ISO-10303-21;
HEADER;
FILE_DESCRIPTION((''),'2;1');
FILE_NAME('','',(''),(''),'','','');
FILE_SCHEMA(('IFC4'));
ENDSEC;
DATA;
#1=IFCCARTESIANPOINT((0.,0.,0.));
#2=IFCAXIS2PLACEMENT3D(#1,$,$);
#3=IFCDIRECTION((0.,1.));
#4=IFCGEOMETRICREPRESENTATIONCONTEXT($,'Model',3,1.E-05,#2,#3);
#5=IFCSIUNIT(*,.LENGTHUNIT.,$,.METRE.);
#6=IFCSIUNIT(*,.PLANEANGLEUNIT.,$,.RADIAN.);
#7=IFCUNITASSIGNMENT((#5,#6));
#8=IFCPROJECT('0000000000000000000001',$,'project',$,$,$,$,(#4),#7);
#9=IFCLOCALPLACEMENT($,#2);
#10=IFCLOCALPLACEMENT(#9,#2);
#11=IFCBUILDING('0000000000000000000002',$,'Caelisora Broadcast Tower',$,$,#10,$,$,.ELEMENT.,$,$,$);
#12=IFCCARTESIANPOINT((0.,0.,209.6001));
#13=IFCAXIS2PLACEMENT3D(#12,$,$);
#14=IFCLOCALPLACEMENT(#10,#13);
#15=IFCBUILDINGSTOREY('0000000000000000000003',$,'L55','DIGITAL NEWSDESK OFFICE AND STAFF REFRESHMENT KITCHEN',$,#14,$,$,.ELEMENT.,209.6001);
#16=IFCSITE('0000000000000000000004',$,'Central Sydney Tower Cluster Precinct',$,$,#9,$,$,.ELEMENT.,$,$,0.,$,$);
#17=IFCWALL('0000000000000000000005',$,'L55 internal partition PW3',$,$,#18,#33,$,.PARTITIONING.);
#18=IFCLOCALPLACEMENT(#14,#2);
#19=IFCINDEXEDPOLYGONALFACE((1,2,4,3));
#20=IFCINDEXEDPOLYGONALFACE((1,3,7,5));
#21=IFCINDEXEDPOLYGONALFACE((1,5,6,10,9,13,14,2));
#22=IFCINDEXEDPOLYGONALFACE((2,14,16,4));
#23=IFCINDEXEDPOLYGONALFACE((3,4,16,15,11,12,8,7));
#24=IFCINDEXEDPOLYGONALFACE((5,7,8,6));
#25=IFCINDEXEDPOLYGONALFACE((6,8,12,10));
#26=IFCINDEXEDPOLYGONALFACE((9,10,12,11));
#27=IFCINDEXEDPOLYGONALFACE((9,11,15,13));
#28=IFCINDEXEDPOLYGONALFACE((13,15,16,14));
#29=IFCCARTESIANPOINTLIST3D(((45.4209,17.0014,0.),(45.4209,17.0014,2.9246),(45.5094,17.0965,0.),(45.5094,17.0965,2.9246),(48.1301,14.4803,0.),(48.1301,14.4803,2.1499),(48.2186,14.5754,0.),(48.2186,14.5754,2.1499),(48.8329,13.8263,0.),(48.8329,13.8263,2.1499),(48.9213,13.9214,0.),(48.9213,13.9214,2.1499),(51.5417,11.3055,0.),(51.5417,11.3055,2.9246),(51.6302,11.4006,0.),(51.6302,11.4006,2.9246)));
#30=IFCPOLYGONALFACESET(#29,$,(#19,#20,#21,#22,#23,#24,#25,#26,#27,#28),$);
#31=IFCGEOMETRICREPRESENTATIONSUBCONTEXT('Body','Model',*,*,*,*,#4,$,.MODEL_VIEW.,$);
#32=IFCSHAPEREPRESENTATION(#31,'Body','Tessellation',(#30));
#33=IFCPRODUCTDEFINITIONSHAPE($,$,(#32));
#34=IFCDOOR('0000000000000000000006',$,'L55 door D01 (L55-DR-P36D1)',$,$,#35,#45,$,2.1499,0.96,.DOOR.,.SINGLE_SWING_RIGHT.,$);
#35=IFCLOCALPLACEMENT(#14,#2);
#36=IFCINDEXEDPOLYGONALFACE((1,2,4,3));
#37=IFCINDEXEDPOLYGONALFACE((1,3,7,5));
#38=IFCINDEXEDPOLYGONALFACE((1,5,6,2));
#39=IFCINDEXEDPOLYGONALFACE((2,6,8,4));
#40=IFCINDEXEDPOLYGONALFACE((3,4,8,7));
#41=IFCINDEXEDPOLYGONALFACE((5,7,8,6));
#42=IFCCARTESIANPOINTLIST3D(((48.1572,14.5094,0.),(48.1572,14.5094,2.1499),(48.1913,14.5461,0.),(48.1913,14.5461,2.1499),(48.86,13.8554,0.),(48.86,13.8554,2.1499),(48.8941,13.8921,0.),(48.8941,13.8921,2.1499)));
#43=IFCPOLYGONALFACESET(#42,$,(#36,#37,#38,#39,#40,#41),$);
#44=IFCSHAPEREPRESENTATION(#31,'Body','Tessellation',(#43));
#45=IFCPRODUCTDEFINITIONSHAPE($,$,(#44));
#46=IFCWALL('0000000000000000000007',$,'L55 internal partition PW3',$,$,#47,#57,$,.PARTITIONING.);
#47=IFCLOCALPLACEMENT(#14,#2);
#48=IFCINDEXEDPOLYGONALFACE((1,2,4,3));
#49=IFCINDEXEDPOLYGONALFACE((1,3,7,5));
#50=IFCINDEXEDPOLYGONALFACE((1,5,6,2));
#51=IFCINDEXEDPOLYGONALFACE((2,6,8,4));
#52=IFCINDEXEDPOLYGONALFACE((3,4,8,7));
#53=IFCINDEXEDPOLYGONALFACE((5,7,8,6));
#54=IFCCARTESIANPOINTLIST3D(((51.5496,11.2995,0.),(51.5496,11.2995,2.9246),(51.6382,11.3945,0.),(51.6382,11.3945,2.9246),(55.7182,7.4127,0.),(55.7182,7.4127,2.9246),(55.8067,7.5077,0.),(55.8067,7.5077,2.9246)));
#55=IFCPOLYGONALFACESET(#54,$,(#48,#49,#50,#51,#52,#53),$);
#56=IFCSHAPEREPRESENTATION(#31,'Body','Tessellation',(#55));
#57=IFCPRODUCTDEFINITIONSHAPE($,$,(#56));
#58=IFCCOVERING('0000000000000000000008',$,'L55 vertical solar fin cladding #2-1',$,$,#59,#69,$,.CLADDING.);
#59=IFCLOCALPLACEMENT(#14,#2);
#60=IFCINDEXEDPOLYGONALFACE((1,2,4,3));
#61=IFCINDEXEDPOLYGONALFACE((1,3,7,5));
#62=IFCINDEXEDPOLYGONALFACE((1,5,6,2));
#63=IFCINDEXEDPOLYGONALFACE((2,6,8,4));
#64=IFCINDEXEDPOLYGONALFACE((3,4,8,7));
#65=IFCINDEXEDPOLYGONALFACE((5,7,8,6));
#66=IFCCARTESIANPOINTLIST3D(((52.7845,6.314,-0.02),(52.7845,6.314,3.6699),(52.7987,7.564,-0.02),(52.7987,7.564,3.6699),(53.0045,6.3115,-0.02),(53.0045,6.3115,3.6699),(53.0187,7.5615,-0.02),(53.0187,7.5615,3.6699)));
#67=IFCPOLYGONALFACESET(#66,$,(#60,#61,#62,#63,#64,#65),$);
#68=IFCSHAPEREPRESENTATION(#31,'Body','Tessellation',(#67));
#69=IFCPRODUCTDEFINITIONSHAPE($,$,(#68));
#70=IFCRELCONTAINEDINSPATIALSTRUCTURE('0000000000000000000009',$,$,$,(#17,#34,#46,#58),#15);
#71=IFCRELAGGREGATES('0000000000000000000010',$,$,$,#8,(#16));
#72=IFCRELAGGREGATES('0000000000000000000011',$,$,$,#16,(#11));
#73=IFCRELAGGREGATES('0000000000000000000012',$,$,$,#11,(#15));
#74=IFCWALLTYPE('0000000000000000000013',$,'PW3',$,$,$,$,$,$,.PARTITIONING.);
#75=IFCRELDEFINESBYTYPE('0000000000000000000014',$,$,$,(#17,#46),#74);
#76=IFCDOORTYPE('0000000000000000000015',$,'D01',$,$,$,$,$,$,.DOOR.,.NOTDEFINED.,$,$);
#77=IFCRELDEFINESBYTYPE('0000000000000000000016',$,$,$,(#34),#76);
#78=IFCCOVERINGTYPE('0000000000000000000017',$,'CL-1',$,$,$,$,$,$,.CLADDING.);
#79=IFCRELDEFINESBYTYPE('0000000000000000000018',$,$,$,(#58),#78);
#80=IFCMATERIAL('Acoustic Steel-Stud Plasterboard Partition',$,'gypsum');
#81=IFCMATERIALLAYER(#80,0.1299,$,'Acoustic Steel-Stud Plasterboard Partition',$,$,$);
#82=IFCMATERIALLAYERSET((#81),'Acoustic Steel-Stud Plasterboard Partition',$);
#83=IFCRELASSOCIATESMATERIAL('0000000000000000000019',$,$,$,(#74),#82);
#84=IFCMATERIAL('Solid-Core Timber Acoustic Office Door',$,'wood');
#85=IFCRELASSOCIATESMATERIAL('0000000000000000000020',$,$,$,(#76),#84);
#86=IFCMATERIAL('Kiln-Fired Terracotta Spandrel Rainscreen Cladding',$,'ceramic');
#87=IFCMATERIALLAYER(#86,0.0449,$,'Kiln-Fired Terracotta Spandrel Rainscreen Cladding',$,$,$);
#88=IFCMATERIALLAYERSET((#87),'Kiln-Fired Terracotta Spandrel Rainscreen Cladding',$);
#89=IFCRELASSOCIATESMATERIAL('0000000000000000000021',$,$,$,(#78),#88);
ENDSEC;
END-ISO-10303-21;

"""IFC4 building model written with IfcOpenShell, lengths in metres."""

from ifc_helpers import new_model, si_unit, direction, frame, frame_2d, origin, origin_2d, place, context, subcontext, project, spatial, rectangle, extrude, source, transform, mapped, material, layer, layer_set, type_object, type_shapes, element, fill, save


model = new_model("IFC4")

# Units and contexts
model_context = context("Model", 3, precision=1e-05, world=origin(), true_north=direction((0.0, 1.0)))
body_context = subcontext(model_context, "Body", "Model", "MODEL_VIEW")
ifc_project = project(units=[si_unit("LENGTHUNIT", "METRE"), si_unit("PLANEANGLEUNIT", "RADIAN")], contexts=[model_context])

# Site, building, storey
site_placement = place(None, origin())
site = spatial("IfcSite", under=ifc_project, at=site_placement, Name="Central Sydney Tower Cluster Precinct", CompositionType="ELEMENT", RefElevation=0.0)
building_placement = place(site_placement, origin())
building = spatial("IfcBuilding", under=site, at=building_placement, Name="Caelisora Broadcast Tower", CompositionType="ELEMENT")
storey_placement = place(building_placement, frame((0.0, 0.0, 209.6001)))
storey = spatial("IfcBuildingStorey", under=building, at=storey_placement, Name="L55", Description="DIGITAL NEWSDESK OFFICE AND STAFF REFRESHMENT KITCHEN", CompositionType="ELEMENT", Elevation=209.6001)

# Wall, opening, door
ifc_material_1 = material(Name="Acoustic Steel-Stud Plasterboard Partition", Category="gypsum")
ifc_layer_1 = layer(ifc_material_1, 0.1299, Name="Acoustic Steel-Stud Plasterboard Partition")
ifc_layer_set_1 = layer_set([ifc_layer_1], Name="Acoustic Steel-Stud Plasterboard Partition")
wall_type_1 = type_object("IfcWallType", Name="PW3", PredefinedType="PARTITIONING", material=ifc_layer_set_1)
ifc_material_2 = material(Name="Solid-Core Timber Acoustic Office Door", Category="wood")
door_type = type_object("IfcDoorType", Name="D01", OperationType="NOTDEFINED", PredefinedType="DOOR", material=ifc_material_2)
wall_1_placement = place(storey_placement, frame((45.4651, 17.0491, 0.0), z_axis=(0.0, 0.0, 1.0), x_axis=(0.732054, -0.681247, 0.0)))
wall_1 = element("IfcWall", 1, at=wall_1_placement, inside=storey, type_object=wall_type_1, Name="L55 internal partition PW3", PredefinedType="PARTITIONING", context=body_context, shape_type="SweptSolid", body=[
    extrude(rectangle(XDim=8.3611, YDim=0.1299, at=frame_2d((4.1807, 0.0))), origin(), (0.0, 0.0, 1.0), 2.9246),
])
opening_1_placement = place(wall_1_placement, frame((3.7009, 0.0, 0.0)))
opening_1 = element("IfcOpeningElement", 2, at=opening_1_placement, cuts=wall_1, PredefinedType="OPENING", context=body_context, shape_type="SweptSolid", body=[
    extrude(rectangle(XDim=0.96, YDim=2.1499, at=frame_2d((0.48, 1.075))), frame((0.0, 0.0769, 0.0), z_axis=(0.0, -1.0, 0.0), x_axis=(1.0, 0.0, 0.0)), (0.0, 0.0, 1.0), 0.1538),
])
door_1_placement = place(opening_1_placement, origin())
door_1 = element("IfcDoor", 3, at=door_1_placement, inside=storey, type_object=door_type, Name="L55 door D01 (L55-DR-P36D1)", OperationType="SINGLE_SWING_RIGHT", OverallHeight=2.1499, OverallWidth=0.96, PredefinedType="DOOR", context=body_context, shape_type="SweptSolid", body=[
    extrude(rectangle(XDim=0.96, YDim=2.1499, at=frame_2d((0.48, 1.075))), frame((0.0, 0.0249, 0.0), z_axis=(0.0, -1.0, 0.0), x_axis=(1.0, 0.0, 0.0)), (0.0, 0.0, 1.0), 0.05),
])
fill(opening_1, door_1)

# Wall
wall_2_placement = place(storey_placement, frame((51.594, 11.3469, 0.0), z_axis=(0.0, 0.0, 1.0), x_axis=(0.731391, -0.681958, 0.0)))
element("IfcWall", 4, at=wall_2_placement, inside=storey, type_object=wall_type_1, Name="L55 internal partition PW3", PredefinedType="PARTITIONING", context=body_context, shape_type="SweptSolid", body=[
    extrude(rectangle(XDim=5.6995, YDim=0.1299, at=frame_2d((2.8496, 0.0))), origin(), (0.0, 0.0, 1.0), 2.9246),
])

# Covering
ifc_material_3 = material(Name="Kiln-Fired Terracotta Spandrel Rainscreen Cladding", Category="ceramic")
ifc_layer_2 = layer(ifc_material_3, 0.0449, Name="Kiln-Fired Terracotta Spandrel Rainscreen Cladding")
ifc_layer_set_2 = layer_set([ifc_layer_2], Name="Kiln-Fired Terracotta Spandrel Rainscreen Cladding")
covering_type = type_object("IfcCoveringType", Name="CL-1", PredefinedType="CLADDING", material=ifc_layer_set_2)
shared_shape_1 = source(origin(), body_context, "Body", "SweptSolid", [
    extrude(rectangle(XDim=0.22, YDim=1.25, at=origin_2d()), origin(), (0.0, 0.0, 1.0), 3.6899),
])
type_shapes(covering_type, [shared_shape_1])
covering_placement = place(storey_placement, frame((52.9016, 6.9377, -0.02), z_axis=(0.0, 0.0, 1.0), x_axis=(-0.999936, 0.011344, 0.0)))
element("IfcCovering", 5, at=covering_placement, inside=storey, type_object=covering_type, Name="L55 vertical solar fin cladding #2-1", PredefinedType="CLADDING", context=body_context, shape_type="MappedRepresentation", body=[
    mapped(shared_shape_1, transform((0.0, 0.0, 0.0), scale=1.0)),
])

save(model, "model.ifc")
